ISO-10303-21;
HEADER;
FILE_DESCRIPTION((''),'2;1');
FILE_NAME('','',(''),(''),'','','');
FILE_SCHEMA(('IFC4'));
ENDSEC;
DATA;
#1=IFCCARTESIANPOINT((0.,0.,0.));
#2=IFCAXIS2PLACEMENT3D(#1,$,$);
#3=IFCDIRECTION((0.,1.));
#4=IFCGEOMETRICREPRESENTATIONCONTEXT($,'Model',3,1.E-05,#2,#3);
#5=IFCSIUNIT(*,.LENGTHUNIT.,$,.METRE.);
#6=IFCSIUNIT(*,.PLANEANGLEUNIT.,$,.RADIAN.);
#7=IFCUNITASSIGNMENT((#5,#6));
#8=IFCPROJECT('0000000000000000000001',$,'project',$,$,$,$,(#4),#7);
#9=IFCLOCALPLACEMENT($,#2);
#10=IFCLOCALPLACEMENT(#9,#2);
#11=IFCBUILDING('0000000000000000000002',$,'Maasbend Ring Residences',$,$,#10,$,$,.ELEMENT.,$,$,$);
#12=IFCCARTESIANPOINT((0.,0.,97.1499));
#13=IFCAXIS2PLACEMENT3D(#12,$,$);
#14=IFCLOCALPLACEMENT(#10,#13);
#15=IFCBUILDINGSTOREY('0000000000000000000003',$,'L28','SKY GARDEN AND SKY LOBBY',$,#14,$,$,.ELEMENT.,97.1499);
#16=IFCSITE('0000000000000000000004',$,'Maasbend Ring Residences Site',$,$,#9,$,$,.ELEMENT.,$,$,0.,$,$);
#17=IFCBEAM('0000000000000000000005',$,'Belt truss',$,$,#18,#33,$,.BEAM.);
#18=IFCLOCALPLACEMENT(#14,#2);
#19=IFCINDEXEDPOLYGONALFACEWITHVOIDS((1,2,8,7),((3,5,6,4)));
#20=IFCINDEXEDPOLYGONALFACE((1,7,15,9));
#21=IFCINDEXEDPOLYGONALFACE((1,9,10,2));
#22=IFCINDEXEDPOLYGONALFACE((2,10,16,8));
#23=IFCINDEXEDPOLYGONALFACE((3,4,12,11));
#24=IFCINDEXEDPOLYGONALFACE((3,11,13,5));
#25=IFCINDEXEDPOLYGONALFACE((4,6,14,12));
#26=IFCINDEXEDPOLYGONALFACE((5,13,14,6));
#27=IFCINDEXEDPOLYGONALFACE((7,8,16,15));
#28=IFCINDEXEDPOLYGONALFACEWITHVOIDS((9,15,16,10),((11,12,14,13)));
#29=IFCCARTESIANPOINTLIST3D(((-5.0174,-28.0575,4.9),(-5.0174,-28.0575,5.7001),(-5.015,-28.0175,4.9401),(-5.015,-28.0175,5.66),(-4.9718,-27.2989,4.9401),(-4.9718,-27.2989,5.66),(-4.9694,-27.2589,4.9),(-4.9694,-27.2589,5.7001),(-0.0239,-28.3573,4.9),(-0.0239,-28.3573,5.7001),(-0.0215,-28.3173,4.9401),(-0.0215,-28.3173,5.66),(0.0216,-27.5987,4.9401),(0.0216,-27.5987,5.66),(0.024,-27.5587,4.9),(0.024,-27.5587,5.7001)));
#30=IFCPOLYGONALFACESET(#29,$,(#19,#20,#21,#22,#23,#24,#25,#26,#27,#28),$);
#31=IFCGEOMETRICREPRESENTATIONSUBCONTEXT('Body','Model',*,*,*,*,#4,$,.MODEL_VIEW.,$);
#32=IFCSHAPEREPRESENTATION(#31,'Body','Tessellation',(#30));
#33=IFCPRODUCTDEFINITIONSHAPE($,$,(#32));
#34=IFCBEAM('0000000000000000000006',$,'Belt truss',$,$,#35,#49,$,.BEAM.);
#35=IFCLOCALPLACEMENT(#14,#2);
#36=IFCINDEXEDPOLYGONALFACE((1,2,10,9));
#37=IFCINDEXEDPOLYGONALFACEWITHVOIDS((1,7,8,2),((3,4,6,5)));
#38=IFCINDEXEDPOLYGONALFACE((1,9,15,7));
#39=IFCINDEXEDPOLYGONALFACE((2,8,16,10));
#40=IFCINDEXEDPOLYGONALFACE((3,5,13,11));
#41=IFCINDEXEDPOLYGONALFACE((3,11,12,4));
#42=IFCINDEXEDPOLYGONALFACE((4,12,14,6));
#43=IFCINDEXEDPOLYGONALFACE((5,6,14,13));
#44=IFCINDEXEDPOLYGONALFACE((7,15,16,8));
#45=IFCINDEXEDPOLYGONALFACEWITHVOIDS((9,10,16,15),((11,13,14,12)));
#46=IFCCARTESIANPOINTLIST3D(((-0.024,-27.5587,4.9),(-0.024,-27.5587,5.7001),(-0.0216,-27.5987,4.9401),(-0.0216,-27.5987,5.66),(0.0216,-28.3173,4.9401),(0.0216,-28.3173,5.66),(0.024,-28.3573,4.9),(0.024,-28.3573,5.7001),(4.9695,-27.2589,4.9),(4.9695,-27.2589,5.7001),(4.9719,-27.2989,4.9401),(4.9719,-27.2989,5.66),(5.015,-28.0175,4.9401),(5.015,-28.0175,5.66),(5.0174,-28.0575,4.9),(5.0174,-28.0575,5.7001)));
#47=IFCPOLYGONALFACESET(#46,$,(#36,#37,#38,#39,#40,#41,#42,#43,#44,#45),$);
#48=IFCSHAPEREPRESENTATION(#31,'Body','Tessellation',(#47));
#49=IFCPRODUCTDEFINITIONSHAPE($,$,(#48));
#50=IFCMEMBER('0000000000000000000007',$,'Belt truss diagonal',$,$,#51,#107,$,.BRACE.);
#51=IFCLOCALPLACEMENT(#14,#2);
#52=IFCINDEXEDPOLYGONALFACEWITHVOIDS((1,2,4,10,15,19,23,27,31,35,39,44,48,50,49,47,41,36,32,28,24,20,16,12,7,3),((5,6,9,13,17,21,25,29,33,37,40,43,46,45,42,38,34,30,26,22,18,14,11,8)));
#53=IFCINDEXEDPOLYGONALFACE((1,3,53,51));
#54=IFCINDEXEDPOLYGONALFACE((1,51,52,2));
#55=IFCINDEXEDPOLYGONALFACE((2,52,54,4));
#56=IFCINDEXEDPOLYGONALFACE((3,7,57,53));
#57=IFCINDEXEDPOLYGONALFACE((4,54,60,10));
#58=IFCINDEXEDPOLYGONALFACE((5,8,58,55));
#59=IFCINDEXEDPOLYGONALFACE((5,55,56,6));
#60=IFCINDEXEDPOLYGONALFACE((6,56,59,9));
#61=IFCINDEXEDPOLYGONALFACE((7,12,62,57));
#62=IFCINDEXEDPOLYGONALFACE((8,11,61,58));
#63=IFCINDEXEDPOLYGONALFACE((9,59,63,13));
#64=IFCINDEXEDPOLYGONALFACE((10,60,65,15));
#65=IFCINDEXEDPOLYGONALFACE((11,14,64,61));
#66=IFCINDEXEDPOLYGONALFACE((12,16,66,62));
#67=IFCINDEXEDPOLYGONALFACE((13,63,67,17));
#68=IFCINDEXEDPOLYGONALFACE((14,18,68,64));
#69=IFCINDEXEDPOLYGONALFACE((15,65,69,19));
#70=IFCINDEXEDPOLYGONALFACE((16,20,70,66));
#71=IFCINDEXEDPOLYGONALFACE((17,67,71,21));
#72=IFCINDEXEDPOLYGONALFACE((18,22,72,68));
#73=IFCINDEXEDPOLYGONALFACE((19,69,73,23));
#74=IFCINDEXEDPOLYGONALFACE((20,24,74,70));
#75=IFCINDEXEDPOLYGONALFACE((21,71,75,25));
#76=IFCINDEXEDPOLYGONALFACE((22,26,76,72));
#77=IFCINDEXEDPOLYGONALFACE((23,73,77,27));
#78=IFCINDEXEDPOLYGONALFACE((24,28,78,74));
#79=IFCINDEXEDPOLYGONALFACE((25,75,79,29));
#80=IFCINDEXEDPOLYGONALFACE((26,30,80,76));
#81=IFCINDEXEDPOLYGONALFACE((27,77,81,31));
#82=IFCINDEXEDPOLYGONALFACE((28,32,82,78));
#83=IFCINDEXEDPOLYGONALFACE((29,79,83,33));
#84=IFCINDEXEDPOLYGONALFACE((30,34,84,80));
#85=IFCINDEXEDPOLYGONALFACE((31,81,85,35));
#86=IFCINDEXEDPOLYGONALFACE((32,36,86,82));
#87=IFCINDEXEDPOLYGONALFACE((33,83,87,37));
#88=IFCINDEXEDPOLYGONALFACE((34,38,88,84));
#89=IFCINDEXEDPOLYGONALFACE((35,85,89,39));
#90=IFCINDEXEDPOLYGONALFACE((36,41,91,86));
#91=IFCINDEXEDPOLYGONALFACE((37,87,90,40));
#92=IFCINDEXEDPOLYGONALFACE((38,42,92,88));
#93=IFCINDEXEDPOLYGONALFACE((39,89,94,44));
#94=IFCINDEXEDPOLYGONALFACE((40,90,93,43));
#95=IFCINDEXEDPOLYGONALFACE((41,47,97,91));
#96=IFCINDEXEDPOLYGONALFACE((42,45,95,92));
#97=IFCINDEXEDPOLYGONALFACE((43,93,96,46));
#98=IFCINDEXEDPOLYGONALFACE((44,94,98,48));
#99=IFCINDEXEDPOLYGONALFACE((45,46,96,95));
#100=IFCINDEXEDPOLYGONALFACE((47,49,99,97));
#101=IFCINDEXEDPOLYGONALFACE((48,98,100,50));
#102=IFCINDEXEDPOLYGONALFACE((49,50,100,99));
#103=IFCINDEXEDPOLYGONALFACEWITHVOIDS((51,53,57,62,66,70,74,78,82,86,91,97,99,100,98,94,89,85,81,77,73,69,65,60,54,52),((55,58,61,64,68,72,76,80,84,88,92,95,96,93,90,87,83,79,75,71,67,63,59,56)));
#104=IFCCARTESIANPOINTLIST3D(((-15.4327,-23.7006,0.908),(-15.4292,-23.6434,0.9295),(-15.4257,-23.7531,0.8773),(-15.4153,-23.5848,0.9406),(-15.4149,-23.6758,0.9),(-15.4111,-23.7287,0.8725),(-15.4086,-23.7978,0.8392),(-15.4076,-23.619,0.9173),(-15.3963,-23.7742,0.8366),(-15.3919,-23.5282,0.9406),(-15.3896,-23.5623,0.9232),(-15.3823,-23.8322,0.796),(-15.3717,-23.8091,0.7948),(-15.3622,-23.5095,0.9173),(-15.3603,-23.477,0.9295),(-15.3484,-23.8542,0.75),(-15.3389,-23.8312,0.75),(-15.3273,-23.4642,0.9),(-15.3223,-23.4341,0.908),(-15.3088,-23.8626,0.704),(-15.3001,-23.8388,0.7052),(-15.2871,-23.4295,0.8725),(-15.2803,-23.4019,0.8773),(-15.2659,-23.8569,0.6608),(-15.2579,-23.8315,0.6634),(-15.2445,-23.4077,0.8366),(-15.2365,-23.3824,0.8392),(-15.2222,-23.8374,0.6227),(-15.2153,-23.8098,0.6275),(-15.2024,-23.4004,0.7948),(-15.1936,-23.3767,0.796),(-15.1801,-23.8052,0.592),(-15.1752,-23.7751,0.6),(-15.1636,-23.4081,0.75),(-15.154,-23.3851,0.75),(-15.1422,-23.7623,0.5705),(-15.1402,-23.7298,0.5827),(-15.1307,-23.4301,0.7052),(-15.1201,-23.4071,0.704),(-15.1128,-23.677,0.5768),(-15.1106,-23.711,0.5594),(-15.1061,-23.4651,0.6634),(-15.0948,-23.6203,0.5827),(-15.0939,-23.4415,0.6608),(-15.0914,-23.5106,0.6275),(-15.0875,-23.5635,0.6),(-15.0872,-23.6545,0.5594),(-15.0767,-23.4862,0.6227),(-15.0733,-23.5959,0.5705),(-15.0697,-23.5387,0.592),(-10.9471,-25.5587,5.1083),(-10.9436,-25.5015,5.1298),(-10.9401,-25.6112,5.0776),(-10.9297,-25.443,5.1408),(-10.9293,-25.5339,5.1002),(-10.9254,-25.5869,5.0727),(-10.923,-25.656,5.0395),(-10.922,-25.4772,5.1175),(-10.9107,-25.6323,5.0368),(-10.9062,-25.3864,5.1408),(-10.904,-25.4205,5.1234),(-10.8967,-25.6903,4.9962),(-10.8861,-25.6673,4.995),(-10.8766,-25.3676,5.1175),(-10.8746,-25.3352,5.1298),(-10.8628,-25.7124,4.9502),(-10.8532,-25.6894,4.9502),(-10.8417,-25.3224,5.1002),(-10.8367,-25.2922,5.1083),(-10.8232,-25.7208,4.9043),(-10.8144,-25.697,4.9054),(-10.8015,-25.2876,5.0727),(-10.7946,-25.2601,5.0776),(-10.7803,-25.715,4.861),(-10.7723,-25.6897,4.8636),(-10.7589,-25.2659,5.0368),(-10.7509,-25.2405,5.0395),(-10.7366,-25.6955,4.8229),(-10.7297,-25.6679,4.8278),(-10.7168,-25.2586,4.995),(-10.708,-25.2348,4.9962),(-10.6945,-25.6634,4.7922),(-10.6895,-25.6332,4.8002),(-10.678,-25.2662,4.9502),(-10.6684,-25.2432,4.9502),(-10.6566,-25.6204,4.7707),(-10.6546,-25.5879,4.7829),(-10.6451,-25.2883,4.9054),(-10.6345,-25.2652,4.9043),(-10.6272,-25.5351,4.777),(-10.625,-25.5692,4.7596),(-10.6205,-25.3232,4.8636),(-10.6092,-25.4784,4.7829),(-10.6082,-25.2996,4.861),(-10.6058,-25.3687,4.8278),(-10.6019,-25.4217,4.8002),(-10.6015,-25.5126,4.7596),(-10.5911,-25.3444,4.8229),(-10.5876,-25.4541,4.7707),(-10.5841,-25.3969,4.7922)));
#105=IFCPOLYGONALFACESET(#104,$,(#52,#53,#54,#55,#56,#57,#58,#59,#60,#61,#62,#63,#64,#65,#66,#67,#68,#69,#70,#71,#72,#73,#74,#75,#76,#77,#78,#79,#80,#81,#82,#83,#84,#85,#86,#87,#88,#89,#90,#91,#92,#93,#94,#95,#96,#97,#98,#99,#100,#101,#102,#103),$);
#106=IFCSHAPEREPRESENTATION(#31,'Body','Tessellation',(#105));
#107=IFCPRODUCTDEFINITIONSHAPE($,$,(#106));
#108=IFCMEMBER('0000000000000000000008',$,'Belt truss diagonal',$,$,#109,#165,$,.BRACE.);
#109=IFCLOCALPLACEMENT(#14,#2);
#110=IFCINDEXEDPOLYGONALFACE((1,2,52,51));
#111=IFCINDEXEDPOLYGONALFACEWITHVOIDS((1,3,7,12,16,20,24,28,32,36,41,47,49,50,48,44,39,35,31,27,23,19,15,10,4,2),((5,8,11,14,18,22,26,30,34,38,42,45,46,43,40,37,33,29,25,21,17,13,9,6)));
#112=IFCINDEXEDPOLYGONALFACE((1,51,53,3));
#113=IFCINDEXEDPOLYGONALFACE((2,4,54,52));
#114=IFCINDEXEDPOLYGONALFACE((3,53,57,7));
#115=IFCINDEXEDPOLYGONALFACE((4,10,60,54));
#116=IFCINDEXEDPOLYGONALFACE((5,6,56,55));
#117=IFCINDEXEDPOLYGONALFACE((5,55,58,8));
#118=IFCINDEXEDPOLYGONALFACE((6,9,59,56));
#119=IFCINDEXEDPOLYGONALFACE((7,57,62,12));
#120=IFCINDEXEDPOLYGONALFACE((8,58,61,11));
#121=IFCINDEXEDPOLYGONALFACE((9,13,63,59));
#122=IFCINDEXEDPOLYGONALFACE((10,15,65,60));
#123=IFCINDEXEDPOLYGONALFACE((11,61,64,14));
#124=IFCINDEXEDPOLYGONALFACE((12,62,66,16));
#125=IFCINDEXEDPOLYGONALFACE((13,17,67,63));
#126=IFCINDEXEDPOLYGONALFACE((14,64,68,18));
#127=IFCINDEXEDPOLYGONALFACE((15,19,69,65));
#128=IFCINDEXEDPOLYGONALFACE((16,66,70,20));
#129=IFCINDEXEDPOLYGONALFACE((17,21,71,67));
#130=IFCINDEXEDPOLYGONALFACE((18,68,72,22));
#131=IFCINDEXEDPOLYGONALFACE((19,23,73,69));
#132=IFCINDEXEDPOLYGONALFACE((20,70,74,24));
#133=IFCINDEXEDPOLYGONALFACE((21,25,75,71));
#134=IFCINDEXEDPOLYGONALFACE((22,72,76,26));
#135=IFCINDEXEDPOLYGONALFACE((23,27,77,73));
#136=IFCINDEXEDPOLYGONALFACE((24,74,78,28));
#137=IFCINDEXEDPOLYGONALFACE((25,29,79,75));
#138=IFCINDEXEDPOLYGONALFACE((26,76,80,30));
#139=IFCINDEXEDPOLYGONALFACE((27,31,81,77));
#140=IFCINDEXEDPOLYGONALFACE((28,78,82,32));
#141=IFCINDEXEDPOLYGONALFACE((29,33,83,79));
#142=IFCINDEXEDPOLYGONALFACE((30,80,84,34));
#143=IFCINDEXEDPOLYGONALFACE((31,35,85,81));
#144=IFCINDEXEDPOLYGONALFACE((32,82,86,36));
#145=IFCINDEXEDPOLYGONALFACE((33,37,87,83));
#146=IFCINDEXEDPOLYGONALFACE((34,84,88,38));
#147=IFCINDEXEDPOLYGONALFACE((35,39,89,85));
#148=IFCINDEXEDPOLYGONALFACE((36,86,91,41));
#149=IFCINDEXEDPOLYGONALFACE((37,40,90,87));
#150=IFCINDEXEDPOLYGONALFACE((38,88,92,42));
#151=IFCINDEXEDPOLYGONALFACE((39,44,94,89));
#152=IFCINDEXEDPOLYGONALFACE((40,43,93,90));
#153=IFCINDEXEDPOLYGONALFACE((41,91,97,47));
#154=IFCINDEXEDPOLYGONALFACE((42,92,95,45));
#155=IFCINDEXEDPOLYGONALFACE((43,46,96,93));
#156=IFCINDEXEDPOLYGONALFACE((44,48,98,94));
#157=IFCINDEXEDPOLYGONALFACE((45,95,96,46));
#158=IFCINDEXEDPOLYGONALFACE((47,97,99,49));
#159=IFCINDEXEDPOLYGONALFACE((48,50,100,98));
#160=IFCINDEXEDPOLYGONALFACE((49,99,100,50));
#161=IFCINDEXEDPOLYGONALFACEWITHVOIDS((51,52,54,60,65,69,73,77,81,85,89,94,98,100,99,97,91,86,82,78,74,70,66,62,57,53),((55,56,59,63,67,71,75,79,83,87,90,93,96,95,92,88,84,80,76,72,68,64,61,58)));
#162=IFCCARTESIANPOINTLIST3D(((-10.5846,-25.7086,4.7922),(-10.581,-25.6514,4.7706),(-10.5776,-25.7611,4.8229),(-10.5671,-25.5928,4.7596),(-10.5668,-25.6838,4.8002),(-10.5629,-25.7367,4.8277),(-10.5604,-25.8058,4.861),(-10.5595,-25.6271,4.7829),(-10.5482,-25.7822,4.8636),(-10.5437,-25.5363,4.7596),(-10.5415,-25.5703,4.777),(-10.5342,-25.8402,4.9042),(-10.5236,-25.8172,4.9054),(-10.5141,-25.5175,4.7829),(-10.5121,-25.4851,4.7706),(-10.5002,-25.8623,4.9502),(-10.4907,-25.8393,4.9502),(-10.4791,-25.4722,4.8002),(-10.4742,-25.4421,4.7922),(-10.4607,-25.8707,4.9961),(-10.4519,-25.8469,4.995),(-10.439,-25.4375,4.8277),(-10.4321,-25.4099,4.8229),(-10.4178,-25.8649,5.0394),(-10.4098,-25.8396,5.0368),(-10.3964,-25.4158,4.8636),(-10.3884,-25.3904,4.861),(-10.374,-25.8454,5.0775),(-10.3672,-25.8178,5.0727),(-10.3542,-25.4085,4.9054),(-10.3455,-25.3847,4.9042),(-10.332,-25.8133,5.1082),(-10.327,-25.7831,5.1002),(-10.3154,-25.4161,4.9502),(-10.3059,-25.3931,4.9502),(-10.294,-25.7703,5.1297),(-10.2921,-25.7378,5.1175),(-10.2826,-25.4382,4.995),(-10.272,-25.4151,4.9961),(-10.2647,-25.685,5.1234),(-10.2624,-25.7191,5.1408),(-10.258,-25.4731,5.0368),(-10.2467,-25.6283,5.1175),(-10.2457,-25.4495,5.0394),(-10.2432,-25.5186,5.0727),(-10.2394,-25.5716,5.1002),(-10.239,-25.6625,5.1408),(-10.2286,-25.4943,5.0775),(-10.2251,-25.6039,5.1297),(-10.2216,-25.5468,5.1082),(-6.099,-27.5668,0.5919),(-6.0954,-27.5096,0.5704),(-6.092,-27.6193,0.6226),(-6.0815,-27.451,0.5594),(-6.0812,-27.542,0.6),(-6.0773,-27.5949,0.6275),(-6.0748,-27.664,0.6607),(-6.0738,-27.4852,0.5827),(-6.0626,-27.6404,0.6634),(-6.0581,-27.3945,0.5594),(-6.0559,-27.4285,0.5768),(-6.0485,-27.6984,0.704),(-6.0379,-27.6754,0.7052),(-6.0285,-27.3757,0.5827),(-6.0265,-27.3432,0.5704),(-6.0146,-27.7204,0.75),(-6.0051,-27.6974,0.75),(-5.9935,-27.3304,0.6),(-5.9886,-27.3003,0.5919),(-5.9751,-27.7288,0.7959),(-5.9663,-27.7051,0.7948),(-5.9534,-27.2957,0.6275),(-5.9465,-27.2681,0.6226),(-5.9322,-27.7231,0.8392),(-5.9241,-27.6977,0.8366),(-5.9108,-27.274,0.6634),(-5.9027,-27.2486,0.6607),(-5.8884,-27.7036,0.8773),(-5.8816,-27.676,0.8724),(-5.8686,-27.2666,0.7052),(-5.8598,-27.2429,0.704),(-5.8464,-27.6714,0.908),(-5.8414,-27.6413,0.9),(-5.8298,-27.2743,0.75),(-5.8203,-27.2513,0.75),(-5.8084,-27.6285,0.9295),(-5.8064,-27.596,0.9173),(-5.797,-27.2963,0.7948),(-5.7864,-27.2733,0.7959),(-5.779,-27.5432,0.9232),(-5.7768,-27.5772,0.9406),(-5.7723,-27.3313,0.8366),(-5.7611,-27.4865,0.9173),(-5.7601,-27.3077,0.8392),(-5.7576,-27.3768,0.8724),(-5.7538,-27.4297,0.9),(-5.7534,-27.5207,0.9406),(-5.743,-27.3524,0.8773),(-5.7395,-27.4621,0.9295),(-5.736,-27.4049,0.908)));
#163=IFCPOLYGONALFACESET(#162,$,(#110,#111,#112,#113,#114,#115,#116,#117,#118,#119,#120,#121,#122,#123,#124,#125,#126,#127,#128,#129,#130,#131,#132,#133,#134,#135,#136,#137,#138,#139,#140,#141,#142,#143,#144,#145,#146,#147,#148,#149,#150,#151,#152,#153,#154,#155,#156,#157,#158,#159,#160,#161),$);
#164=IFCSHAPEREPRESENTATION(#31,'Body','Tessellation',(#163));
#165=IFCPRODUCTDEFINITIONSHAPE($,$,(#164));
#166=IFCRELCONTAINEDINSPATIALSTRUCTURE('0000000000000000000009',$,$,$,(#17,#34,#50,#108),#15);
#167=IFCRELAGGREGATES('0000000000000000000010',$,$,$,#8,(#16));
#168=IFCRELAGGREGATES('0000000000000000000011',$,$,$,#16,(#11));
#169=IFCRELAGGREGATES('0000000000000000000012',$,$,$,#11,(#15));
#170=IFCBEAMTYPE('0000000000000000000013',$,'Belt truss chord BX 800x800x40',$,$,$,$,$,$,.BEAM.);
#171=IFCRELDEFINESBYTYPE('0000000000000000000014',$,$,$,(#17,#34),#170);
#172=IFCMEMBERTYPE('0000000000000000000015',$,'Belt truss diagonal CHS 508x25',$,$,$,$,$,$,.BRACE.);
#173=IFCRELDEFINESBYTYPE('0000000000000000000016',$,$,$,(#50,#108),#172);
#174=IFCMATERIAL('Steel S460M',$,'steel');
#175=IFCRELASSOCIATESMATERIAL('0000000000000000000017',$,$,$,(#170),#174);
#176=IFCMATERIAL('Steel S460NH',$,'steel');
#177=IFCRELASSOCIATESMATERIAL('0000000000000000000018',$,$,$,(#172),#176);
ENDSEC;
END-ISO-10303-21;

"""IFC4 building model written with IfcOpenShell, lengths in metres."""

from ifc_helpers import new_model, si_unit, direction, frame, origin, origin_2d, place, context, subcontext, project, spatial, hollow_rectangle, hollow_circle, extrude, material, material_profile, profile_set, type_object, element, save


model = new_model("IFC4")

# Units and contexts
model_context = context("Model", 3, precision=1e-05, world=origin(), true_north=direction((0.0, 1.0)))
body_context = subcontext(model_context, "Body", "Model", "MODEL_VIEW")
ifc_project = project(units=[si_unit("LENGTHUNIT", "METRE"), si_unit("PLANEANGLEUNIT", "RADIAN")], contexts=[model_context])

# Site, building, storey
site_placement = place(None, origin())
site = spatial("IfcSite", under=ifc_project, at=site_placement, Name="Maasbend Ring Residences Site", CompositionType="ELEMENT", RefElevation=0.0)
building_placement = place(site_placement, origin())
building = spatial("IfcBuilding", under=site, at=building_placement, Name="Maasbend Ring Residences", CompositionType="ELEMENT")
storey_placement = place(building_placement, frame((0.0, 0.0, 97.1499)))
storey = spatial("IfcBuildingStorey", under=building, at=storey_placement, Name="L28", Description="SKY GARDEN AND SKY LOBBY", CompositionType="ELEMENT", Elevation=97.1499)

# Beams
ifc_material_1 = material(Name="Steel S460M", Category="steel")
ifc_material_profile_1 = material_profile(ifc_material_1, hollow_rectangle(XDim=0.8, YDim=0.8, WallThickness=0.04, at=origin_2d()), Name="Belt truss chord BX 800x800x40")
ifc_profile_set_1 = profile_set([ifc_material_profile_1], Name="Steel S460M")
beam_type_1 = type_object("IfcBeamType", Name="Belt truss chord BX 800x800x40", PredefinedType="BEAM", material=ifc_profile_set_1)
for number, where, z_axis, x_axis, name in (
    (1, (-4.9934, -27.6582, 5.3), (0.998202, -0.059932, 0.0), (0.059932, 0.998202, 0.0), "Belt truss"),
    (2, (0.0, -27.958, 5.3), (0.998202, 0.059932, 0.0), (-0.059932, 0.998202, 0.0), "Belt truss"),
):
    element("IfcBeam", number, at=place(storey_placement, frame(where, z_axis=z_axis, x_axis=x_axis)), inside=storey, type_object=beam_type_1, Name=name, PredefinedType="BEAM", context=body_context, shape_type="SweptSolid", body=[
        extrude(hollow_rectangle(XDim=0.8, YDim=0.8, WallThickness=0.04, at=origin_2d()), origin(), (0.0, 0.0, 1.0), 5.0024),
    ])

# Members
ifc_material_2 = material(Name="Steel S460NH", Category="steel")
ifc_material_profile_2 = material_profile(ifc_material_2, hollow_circle(Radius=0.2539, WallThickness=0.0249, at=origin_2d()), Name="Belt truss diagonal CHS 508x25")
ifc_profile_set_2 = profile_set([ifc_material_profile_2], Name="Steel S460NH")
member_type_1 = type_object("IfcMemberType", Name="Belt truss diagonal CHS 508x25", PredefinedType="BRACE", material=ifc_profile_set_2)
for number, where, z_axis, x_axis, name in (
    (3, (-15.2512, -23.6196, 0.75), (0.698703, -0.289437, 0.654248), (0.382712, 0.923868, 0.0), "Belt truss diagonal"),
    (4, (-10.4031, -25.6277, 4.9502), (0.698703, -0.289437, -0.654248), (0.382712, 0.923868, 0.0), "Belt truss diagonal"),
):
    element("IfcMember", number, at=place(storey_placement, frame(where, z_axis=z_axis, x_axis=x_axis)), inside=storey, type_object=member_type_1, Name=name, PredefinedType="BRACE", context=body_context, shape_type="SweptSolid", body=[
        extrude(hollow_circle(Radius=0.2539, WallThickness=0.0249, at=origin_2d()), origin(), (0.0, 0.0, 1.0), 6.4199),
    ])

save(model, "model.ifc")
